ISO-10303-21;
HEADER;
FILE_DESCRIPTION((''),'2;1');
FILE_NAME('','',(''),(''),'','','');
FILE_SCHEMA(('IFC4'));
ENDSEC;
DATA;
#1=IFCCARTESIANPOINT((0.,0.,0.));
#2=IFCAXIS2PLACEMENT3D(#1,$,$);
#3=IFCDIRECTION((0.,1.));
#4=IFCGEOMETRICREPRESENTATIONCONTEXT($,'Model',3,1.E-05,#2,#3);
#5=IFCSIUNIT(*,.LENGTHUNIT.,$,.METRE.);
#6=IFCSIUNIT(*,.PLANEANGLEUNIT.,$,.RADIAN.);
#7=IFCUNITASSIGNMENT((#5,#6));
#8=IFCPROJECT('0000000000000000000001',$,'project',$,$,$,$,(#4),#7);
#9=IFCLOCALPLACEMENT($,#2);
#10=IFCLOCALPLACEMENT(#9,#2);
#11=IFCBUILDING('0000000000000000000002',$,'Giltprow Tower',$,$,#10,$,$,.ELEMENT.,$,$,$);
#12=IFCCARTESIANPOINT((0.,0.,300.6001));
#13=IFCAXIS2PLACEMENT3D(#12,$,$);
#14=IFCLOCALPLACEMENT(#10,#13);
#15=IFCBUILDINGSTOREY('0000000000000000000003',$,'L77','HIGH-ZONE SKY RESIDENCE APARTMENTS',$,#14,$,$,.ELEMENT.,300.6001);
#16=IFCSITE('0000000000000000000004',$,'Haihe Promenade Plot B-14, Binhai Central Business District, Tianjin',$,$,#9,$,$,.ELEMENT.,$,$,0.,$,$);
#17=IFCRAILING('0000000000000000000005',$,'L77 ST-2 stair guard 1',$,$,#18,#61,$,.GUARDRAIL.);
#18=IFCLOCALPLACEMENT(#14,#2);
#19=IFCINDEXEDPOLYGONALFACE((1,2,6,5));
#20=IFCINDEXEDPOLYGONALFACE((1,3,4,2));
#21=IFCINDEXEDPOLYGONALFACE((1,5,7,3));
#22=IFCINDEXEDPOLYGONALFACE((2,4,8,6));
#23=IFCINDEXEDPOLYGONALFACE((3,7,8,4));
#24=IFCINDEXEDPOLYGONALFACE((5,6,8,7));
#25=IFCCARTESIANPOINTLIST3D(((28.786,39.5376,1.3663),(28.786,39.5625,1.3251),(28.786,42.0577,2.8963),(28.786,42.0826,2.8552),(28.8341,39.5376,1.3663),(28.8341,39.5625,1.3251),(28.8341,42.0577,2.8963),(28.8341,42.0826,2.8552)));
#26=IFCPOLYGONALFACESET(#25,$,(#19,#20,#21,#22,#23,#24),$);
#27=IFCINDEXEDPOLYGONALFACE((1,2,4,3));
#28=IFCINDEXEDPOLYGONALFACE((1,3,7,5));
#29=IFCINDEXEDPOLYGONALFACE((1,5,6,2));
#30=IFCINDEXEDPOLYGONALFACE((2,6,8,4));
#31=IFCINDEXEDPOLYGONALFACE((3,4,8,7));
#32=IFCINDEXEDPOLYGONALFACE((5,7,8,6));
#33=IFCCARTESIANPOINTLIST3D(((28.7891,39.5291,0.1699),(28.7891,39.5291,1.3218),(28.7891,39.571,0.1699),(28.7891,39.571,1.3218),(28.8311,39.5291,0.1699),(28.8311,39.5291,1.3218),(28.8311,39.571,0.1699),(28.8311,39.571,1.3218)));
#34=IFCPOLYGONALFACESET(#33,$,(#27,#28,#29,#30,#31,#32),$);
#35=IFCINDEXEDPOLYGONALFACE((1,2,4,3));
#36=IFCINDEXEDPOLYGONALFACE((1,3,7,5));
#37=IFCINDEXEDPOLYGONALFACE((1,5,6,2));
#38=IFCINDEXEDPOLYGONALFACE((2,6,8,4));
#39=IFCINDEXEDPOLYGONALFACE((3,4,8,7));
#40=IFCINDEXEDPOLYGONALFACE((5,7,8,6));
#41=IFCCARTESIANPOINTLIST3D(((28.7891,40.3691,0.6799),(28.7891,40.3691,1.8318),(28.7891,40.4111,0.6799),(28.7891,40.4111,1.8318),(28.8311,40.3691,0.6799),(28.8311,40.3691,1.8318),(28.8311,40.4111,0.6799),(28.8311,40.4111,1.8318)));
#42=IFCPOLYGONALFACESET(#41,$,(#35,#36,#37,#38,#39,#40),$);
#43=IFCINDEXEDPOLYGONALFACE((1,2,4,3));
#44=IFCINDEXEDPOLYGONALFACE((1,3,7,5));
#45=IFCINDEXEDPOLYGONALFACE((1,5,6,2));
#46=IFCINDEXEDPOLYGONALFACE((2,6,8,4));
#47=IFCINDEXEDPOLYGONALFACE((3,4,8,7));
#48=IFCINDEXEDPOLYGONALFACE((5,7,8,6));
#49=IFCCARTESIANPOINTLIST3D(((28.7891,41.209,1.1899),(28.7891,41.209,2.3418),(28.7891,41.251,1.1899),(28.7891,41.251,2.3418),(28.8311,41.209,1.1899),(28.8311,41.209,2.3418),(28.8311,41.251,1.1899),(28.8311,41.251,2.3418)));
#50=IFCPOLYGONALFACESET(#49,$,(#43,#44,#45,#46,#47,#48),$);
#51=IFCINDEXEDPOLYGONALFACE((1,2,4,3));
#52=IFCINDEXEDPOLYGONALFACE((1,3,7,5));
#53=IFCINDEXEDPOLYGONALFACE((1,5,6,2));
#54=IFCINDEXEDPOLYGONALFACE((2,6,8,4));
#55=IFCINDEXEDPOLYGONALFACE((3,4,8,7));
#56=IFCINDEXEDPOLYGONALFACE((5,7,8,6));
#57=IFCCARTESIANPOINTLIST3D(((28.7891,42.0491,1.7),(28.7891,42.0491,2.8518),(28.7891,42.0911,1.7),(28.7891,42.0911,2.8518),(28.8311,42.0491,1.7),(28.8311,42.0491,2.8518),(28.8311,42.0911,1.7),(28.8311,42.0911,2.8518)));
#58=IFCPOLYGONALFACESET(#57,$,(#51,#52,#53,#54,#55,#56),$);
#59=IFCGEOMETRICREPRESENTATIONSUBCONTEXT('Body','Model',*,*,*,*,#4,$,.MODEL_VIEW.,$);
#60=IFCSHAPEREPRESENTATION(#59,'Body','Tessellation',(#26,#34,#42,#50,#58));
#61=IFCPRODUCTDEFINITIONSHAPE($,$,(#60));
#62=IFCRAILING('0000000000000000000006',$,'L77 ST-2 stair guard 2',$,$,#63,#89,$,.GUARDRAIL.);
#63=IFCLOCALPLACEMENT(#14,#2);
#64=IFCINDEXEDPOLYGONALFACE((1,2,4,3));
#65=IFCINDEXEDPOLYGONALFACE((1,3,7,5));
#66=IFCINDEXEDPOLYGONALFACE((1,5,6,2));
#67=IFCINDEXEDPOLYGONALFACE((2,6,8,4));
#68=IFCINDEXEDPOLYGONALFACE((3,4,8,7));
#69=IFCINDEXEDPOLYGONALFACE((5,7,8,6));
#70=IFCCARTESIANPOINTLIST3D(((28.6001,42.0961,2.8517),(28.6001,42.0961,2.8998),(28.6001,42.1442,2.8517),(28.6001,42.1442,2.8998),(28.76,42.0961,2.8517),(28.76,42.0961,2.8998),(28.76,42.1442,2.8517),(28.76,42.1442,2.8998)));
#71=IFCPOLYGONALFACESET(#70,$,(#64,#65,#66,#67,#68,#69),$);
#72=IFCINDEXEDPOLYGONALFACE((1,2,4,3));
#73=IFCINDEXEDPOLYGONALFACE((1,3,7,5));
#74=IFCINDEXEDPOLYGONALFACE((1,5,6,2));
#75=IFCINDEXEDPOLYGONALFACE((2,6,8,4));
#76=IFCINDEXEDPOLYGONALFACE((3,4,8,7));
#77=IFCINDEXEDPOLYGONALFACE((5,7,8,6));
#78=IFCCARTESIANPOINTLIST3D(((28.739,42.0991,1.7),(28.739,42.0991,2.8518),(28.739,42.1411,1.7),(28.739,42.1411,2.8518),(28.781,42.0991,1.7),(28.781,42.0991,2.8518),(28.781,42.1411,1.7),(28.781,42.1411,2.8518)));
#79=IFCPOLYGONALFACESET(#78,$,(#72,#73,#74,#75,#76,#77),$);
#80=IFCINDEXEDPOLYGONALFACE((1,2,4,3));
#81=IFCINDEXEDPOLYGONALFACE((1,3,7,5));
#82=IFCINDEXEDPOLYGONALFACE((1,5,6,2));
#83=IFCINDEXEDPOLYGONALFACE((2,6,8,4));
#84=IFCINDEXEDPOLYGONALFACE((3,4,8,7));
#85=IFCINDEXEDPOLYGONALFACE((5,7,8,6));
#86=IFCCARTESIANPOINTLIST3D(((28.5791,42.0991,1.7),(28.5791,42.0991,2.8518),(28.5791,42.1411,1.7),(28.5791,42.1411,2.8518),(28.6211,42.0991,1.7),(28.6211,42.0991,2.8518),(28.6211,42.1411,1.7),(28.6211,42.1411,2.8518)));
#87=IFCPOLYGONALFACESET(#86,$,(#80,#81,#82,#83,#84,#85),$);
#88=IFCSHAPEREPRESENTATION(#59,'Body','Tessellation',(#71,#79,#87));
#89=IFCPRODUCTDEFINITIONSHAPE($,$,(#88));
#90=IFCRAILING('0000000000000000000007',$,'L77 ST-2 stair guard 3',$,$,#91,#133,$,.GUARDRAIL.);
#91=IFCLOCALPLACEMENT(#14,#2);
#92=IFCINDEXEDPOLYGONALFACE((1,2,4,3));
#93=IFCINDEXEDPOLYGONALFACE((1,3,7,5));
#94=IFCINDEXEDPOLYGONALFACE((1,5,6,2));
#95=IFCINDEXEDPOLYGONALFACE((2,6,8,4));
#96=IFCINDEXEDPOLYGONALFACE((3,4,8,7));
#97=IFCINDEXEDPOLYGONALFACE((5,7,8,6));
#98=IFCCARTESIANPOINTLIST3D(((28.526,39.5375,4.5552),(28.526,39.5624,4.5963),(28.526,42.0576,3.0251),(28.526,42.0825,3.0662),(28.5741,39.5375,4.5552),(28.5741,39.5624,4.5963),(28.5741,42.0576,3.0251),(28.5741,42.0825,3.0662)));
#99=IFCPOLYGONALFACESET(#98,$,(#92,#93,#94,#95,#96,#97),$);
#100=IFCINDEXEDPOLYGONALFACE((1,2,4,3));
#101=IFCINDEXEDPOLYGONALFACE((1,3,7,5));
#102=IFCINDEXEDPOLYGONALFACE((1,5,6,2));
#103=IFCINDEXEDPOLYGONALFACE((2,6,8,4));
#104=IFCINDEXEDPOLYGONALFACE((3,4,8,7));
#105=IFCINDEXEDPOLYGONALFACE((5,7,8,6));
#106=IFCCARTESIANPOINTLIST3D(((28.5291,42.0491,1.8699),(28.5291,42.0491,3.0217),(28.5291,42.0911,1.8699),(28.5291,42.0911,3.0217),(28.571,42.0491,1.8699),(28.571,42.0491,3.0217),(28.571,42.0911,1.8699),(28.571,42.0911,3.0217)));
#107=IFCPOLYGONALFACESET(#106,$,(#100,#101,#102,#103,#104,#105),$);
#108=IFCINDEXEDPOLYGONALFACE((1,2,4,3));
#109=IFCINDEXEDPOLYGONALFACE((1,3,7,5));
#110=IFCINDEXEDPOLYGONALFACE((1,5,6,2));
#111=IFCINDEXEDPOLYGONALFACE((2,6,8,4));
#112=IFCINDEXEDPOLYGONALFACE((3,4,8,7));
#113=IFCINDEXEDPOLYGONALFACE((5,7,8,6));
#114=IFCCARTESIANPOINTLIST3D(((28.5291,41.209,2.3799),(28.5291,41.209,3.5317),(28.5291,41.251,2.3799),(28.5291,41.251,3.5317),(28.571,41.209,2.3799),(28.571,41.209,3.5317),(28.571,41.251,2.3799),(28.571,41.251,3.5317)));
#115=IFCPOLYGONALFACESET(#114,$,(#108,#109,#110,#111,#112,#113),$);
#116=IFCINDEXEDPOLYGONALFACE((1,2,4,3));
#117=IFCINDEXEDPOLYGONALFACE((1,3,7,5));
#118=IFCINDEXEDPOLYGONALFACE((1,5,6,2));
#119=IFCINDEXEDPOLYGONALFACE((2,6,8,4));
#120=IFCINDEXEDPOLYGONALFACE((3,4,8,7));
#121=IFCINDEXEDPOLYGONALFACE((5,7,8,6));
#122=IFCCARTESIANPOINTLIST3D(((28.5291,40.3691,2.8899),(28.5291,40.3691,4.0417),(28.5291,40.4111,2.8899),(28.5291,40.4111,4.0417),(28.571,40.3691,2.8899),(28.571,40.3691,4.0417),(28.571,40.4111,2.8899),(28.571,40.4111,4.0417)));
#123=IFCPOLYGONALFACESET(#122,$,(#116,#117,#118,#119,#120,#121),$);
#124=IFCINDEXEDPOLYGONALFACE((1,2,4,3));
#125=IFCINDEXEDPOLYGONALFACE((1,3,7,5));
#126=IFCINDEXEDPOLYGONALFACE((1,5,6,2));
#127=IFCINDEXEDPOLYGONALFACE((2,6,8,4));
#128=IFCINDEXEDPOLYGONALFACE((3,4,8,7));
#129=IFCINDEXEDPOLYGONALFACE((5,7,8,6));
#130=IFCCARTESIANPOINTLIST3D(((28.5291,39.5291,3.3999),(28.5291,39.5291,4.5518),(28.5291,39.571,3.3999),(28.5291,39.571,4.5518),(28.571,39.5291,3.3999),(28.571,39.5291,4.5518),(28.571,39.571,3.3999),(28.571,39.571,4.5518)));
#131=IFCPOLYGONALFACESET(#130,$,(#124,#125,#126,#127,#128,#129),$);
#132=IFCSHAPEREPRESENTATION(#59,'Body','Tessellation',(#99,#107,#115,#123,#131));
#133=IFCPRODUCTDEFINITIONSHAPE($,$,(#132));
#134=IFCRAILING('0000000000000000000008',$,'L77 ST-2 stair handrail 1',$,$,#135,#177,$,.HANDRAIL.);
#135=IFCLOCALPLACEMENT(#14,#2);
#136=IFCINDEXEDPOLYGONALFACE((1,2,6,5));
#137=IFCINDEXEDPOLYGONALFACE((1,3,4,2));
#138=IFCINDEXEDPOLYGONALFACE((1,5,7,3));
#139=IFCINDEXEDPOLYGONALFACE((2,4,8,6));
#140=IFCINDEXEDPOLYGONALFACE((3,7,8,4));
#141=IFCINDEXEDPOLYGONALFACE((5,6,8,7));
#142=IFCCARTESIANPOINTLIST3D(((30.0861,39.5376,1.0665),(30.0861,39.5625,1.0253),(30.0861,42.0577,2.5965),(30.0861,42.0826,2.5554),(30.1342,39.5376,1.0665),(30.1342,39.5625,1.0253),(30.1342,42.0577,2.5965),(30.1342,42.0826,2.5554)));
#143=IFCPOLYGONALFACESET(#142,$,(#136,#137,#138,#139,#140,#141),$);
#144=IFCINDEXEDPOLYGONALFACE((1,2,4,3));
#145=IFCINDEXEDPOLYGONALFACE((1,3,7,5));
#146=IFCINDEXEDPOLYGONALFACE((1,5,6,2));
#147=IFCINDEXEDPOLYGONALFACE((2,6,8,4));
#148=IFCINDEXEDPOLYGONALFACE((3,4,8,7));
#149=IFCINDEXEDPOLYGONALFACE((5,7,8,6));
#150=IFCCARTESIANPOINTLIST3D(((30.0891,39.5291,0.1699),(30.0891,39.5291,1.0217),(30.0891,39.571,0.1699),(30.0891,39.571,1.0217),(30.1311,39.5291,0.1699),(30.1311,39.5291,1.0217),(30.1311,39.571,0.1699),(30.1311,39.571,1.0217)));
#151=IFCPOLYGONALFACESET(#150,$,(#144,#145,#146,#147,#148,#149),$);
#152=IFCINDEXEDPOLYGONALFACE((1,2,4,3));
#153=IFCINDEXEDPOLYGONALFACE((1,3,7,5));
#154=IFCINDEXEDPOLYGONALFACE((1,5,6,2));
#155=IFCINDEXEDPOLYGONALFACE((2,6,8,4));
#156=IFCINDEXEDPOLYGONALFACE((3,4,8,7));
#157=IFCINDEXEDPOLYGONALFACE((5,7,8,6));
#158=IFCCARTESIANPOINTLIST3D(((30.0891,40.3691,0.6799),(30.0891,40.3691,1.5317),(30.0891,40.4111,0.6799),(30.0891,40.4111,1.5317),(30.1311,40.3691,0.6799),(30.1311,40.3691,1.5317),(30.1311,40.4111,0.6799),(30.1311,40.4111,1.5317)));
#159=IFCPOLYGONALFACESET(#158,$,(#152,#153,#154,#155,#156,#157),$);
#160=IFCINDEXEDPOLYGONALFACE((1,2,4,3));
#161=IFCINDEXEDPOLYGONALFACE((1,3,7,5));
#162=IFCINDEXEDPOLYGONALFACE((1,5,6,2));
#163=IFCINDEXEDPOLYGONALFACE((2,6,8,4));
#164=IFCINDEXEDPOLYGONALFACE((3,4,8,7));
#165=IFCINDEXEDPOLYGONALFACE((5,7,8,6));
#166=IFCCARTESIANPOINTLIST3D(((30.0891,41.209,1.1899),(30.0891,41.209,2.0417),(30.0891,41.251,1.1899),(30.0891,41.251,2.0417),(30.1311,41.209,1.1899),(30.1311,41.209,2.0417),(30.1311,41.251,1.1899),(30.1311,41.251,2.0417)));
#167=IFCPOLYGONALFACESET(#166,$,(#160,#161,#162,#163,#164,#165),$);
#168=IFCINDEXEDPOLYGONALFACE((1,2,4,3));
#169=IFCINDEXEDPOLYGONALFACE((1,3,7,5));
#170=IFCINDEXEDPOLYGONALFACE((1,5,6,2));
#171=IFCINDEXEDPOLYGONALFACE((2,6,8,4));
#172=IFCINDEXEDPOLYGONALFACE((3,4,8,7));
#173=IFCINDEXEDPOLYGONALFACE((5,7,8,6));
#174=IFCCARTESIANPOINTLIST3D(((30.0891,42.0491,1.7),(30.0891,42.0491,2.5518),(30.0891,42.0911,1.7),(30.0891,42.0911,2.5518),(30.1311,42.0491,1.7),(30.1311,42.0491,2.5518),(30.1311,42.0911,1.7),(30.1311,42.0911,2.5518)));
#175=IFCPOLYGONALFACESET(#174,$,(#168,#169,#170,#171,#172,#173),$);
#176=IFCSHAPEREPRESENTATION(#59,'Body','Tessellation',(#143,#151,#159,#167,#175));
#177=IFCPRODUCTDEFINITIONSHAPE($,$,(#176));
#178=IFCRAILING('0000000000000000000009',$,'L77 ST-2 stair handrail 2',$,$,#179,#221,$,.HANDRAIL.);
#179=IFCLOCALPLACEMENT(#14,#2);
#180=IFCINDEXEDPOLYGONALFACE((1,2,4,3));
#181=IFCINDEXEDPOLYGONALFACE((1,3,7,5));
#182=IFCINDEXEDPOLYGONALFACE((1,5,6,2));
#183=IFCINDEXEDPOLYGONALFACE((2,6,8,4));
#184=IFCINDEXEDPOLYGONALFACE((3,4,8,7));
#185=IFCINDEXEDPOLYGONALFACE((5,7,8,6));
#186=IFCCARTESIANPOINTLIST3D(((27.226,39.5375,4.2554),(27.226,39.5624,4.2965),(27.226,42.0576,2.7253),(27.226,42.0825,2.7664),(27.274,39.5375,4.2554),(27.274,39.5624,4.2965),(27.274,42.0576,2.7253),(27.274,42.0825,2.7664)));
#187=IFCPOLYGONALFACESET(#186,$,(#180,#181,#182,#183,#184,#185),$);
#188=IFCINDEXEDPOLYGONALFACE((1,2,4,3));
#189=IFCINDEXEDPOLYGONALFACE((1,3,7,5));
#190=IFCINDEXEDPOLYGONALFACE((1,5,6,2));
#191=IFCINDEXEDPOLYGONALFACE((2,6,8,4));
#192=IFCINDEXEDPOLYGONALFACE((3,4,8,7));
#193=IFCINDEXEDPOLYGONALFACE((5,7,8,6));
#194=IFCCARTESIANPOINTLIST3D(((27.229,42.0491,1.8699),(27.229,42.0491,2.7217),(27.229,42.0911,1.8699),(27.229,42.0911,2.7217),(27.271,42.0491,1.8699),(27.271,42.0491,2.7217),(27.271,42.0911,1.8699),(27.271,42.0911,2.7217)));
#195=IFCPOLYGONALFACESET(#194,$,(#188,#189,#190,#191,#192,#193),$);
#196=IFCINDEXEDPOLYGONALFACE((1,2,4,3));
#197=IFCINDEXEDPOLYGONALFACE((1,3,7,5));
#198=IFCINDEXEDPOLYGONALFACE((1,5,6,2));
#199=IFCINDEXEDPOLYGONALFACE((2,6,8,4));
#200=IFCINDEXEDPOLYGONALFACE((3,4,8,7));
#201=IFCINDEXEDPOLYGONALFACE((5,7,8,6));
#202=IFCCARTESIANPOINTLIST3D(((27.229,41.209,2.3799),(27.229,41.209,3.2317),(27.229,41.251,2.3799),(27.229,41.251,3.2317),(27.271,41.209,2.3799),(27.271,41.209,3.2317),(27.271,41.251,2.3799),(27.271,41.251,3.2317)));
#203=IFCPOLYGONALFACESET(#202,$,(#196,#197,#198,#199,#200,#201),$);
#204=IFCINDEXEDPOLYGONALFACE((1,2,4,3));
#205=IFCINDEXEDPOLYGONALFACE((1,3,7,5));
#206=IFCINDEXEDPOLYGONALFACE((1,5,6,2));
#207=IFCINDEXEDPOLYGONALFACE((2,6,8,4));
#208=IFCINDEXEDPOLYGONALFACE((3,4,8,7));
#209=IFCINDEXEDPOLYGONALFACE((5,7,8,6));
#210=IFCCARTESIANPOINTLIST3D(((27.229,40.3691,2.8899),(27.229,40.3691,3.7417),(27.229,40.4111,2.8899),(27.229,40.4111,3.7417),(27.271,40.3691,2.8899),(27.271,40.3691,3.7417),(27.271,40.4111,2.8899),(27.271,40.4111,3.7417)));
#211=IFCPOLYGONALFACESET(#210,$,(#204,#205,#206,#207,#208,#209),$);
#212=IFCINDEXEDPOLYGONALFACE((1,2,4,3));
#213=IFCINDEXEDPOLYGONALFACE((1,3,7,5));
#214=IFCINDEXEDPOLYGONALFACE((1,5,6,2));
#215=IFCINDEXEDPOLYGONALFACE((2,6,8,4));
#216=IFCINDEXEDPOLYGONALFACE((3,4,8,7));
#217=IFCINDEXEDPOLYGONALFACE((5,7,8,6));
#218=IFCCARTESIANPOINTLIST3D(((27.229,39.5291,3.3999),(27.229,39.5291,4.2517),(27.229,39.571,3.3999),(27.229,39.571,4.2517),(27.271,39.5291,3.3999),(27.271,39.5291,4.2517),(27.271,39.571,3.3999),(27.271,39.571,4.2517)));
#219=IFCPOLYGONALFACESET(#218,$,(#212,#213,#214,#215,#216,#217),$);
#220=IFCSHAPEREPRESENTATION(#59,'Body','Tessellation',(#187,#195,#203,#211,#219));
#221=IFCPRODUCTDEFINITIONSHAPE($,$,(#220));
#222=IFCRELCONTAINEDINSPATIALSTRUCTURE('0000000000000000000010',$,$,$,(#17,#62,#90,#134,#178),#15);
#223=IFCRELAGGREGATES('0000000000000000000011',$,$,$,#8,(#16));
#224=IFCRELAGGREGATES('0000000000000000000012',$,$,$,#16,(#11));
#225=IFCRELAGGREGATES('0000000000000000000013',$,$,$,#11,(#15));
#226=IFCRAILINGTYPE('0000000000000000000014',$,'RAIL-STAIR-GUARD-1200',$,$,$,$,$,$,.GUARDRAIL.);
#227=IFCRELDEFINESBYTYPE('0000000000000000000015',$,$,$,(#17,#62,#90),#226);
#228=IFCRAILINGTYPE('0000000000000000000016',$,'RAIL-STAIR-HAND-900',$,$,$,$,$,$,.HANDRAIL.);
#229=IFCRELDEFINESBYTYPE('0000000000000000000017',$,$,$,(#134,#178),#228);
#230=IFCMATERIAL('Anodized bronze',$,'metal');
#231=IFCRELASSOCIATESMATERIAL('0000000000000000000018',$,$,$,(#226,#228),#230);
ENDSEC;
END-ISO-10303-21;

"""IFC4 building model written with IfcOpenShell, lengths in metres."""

from ifc_helpers import new_model, si_unit, direction, frame, origin, origin_2d, place, context, subcontext, project, spatial, rectangle, extrude, material, type_object, element, save


model = new_model("IFC4")

# Units and contexts
model_context = context("Model", 3, precision=1e-05, world=origin(), true_north=direction((0.0, 1.0)))
body_context = subcontext(model_context, "Body", "Model", "MODEL_VIEW")
ifc_project = project(units=[si_unit("LENGTHUNIT", "METRE"), si_unit("PLANEANGLEUNIT", "RADIAN")], contexts=[model_context])

# Site, building, storey
site_placement = place(None, origin())
site = spatial("IfcSite", under=ifc_project, at=site_placement, Name="Haihe Promenade Plot B-14, Binhai Central Business District, Tianjin", CompositionType="ELEMENT", RefElevation=0.0)
building_placement = place(site_placement, origin())
building = spatial("IfcBuilding", under=site, at=building_placement, Name="Giltprow Tower", CompositionType="ELEMENT")
storey_placement = place(building_placement, frame((0.0, 0.0, 300.6001)))
storey = spatial("IfcBuildingStorey", under=building, at=storey_placement, Name="L77", Description="HIGH-ZONE SKY RESIDENCE APARTMENTS", CompositionType="ELEMENT", Elevation=300.6001)

# Railings
ifc_material_1 = material(Name="Anodized bronze", Category="metal")
railing_type_1 = type_object("IfcRailingType", Name="RAIL-STAIR-GUARD-1200", PredefinedType="GUARDRAIL", material=ifc_material_1)
railing_1_placement = place(storey_placement, frame((28.8101, 39.55, 0.1699)))
element("IfcRailing", 1, at=railing_1_placement, inside=storey, type_object=railing_type_1, Name="L77 ST-2 stair guard 1", PredefinedType="GUARDRAIL", context=body_context, shape_type="SweptSolid", body=[
    extrude(rectangle(XDim=0.0481, YDim=0.0481, at=origin_2d()), frame((0.0, 0.0, 1.1758), z_axis=(0.0, 0.854785, 0.518982), x_axis=(-1.0, 0.0, 0.0)), (0.0, 0.0, 1.0), 2.9482),
    extrude(rectangle(XDim=0.042, YDim=0.042, at=origin_2d()), origin(), (0.0, 0.0, 1.0), 1.1519),
    extrude(rectangle(XDim=0.042, YDim=0.042, at=origin_2d()), frame((0.0, 0.8401, 0.51)), (0.0, 0.0, 1.0), 1.1519),
    extrude(rectangle(XDim=0.042, YDim=0.042, at=origin_2d()), frame((0.0, 1.6799, 1.02)), (0.0, 0.0, 1.0), 1.1519),
    extrude(rectangle(XDim=0.042, YDim=0.042, at=origin_2d()), frame((0.0, 2.52, 1.53)), (0.0, 0.0, 1.0), 1.1519),
])
railing_2_placement = place(storey_placement, frame((28.76, 42.1201, 1.7)))
element("IfcRailing", 2, at=railing_2_placement, inside=storey, type_object=railing_type_1, Name="L77 ST-2 stair guard 2", PredefinedType="GUARDRAIL", context=body_context, shape_type="SweptSolid", body=[
    extrude(rectangle(XDim=0.0481, YDim=0.0481, at=origin_2d()), frame((0.0, 0.0, 1.1758), z_axis=(-1.0, 0.0, 0.0), x_axis=(0.0, -1.0, 0.0)), (0.0, 0.0, 1.0), 0.1599),
    extrude(rectangle(XDim=0.042, YDim=0.042, at=origin_2d()), origin(), (0.0, 0.0, 1.0), 1.1519),
    extrude(rectangle(XDim=0.042, YDim=0.042, at=origin_2d()), frame((-0.1599, 0.0, 0.0)), (0.0, 0.0, 1.0), 1.1519),
])
railing_3_placement = place(storey_placement, frame((28.55, 42.0701, 1.8699)))
element("IfcRailing", 3, at=railing_3_placement, inside=storey, type_object=railing_type_1, Name="L77 ST-2 stair guard 3", PredefinedType="GUARDRAIL", context=body_context, shape_type="SweptSolid", body=[
    extrude(rectangle(XDim=0.0481, YDim=0.0481, at=origin_2d()), frame((0.0, 0.0, 1.1758), z_axis=(0.0, -0.854785, 0.518982), x_axis=(1.0, 0.0, 0.0)), (0.0, 0.0, 1.0), 2.9482),
    extrude(rectangle(XDim=0.042, YDim=0.042, at=origin_2d()), origin(), (0.0, 0.0, 1.0), 1.1519),
    extrude(rectangle(XDim=0.042, YDim=0.042, at=origin_2d()), frame((0.0, -0.8401, 0.51)), (0.0, 0.0, 1.0), 1.1519),
    extrude(rectangle(XDim=0.042, YDim=0.042, at=origin_2d()), frame((0.0, -1.6799, 1.02)), (0.0, 0.0, 1.0), 1.1519),
    extrude(rectangle(XDim=0.042, YDim=0.042, at=origin_2d()), frame((0.0, -2.52, 1.53)), (0.0, 0.0, 1.0), 1.1519),
])
railing_type_2 = type_object("IfcRailingType", Name="RAIL-STAIR-HAND-900", PredefinedType="HANDRAIL", material=ifc_material_1)
railing_4_placement = place(storey_placement, frame((30.1101, 39.55, 0.1699)))
element("IfcRailing", 4, at=railing_4_placement, inside=storey, type_object=railing_type_2, Name="L77 ST-2 stair handrail 1", PredefinedType="HANDRAIL", context=body_context, shape_type="SweptSolid", body=[
    extrude(rectangle(XDim=0.0481, YDim=0.0481, at=origin_2d()), frame((0.0, 0.0, 0.876), z_axis=(0.0, 0.854785, 0.518982), x_axis=(-1.0, 0.0, 0.0)), (0.0, 0.0, 1.0), 2.9482),
    extrude(rectangle(XDim=0.042, YDim=0.042, at=origin_2d()), origin(), (0.0, 0.0, 1.0), 0.8518),
    extrude(rectangle(XDim=0.042, YDim=0.042, at=origin_2d()), frame((0.0, 0.8401, 0.51)), (0.0, 0.0, 1.0), 0.8518),
    extrude(rectangle(XDim=0.042, YDim=0.042, at=origin_2d()), frame((0.0, 1.6799, 1.02)), (0.0, 0.0, 1.0), 0.8518),
    extrude(rectangle(XDim=0.042, YDim=0.042, at=origin_2d()), frame((0.0, 2.52, 1.53)), (0.0, 0.0, 1.0), 0.8518),
])
railing_5_placement = place(storey_placement, frame((27.25, 42.0701, 1.8699)))
element("IfcRailing", 5, at=railing_5_placement, inside=storey, type_object=railing_type_2, Name="L77 ST-2 stair handrail 2", PredefinedType="HANDRAIL", context=body_context, shape_type="SweptSolid", body=[
    extrude(rectangle(XDim=0.0481, YDim=0.0481, at=origin_2d()), frame((0.0, 0.0, 0.876), z_axis=(0.0, -0.854785, 0.518982), x_axis=(1.0, 0.0, 0.0)), (0.0, 0.0, 1.0), 2.9482),
    extrude(rectangle(XDim=0.042, YDim=0.042, at=origin_2d()), origin(), (0.0, 0.0, 1.0), 0.8518),
    extrude(rectangle(XDim=0.042, YDim=0.042, at=origin_2d()), frame((0.0, -0.8401, 0.51)), (0.0, 0.0, 1.0), 0.8518),
    extrude(rectangle(XDim=0.042, YDim=0.042, at=origin_2d()), frame((0.0, -1.6799, 1.02)), (0.0, 0.0, 1.0), 0.8518),
    extrude(rectangle(XDim=0.042, YDim=0.042, at=origin_2d()), frame((0.0, -2.52, 1.53)), (0.0, 0.0, 1.0), 0.8518),
])

save(model, "model.ifc")
